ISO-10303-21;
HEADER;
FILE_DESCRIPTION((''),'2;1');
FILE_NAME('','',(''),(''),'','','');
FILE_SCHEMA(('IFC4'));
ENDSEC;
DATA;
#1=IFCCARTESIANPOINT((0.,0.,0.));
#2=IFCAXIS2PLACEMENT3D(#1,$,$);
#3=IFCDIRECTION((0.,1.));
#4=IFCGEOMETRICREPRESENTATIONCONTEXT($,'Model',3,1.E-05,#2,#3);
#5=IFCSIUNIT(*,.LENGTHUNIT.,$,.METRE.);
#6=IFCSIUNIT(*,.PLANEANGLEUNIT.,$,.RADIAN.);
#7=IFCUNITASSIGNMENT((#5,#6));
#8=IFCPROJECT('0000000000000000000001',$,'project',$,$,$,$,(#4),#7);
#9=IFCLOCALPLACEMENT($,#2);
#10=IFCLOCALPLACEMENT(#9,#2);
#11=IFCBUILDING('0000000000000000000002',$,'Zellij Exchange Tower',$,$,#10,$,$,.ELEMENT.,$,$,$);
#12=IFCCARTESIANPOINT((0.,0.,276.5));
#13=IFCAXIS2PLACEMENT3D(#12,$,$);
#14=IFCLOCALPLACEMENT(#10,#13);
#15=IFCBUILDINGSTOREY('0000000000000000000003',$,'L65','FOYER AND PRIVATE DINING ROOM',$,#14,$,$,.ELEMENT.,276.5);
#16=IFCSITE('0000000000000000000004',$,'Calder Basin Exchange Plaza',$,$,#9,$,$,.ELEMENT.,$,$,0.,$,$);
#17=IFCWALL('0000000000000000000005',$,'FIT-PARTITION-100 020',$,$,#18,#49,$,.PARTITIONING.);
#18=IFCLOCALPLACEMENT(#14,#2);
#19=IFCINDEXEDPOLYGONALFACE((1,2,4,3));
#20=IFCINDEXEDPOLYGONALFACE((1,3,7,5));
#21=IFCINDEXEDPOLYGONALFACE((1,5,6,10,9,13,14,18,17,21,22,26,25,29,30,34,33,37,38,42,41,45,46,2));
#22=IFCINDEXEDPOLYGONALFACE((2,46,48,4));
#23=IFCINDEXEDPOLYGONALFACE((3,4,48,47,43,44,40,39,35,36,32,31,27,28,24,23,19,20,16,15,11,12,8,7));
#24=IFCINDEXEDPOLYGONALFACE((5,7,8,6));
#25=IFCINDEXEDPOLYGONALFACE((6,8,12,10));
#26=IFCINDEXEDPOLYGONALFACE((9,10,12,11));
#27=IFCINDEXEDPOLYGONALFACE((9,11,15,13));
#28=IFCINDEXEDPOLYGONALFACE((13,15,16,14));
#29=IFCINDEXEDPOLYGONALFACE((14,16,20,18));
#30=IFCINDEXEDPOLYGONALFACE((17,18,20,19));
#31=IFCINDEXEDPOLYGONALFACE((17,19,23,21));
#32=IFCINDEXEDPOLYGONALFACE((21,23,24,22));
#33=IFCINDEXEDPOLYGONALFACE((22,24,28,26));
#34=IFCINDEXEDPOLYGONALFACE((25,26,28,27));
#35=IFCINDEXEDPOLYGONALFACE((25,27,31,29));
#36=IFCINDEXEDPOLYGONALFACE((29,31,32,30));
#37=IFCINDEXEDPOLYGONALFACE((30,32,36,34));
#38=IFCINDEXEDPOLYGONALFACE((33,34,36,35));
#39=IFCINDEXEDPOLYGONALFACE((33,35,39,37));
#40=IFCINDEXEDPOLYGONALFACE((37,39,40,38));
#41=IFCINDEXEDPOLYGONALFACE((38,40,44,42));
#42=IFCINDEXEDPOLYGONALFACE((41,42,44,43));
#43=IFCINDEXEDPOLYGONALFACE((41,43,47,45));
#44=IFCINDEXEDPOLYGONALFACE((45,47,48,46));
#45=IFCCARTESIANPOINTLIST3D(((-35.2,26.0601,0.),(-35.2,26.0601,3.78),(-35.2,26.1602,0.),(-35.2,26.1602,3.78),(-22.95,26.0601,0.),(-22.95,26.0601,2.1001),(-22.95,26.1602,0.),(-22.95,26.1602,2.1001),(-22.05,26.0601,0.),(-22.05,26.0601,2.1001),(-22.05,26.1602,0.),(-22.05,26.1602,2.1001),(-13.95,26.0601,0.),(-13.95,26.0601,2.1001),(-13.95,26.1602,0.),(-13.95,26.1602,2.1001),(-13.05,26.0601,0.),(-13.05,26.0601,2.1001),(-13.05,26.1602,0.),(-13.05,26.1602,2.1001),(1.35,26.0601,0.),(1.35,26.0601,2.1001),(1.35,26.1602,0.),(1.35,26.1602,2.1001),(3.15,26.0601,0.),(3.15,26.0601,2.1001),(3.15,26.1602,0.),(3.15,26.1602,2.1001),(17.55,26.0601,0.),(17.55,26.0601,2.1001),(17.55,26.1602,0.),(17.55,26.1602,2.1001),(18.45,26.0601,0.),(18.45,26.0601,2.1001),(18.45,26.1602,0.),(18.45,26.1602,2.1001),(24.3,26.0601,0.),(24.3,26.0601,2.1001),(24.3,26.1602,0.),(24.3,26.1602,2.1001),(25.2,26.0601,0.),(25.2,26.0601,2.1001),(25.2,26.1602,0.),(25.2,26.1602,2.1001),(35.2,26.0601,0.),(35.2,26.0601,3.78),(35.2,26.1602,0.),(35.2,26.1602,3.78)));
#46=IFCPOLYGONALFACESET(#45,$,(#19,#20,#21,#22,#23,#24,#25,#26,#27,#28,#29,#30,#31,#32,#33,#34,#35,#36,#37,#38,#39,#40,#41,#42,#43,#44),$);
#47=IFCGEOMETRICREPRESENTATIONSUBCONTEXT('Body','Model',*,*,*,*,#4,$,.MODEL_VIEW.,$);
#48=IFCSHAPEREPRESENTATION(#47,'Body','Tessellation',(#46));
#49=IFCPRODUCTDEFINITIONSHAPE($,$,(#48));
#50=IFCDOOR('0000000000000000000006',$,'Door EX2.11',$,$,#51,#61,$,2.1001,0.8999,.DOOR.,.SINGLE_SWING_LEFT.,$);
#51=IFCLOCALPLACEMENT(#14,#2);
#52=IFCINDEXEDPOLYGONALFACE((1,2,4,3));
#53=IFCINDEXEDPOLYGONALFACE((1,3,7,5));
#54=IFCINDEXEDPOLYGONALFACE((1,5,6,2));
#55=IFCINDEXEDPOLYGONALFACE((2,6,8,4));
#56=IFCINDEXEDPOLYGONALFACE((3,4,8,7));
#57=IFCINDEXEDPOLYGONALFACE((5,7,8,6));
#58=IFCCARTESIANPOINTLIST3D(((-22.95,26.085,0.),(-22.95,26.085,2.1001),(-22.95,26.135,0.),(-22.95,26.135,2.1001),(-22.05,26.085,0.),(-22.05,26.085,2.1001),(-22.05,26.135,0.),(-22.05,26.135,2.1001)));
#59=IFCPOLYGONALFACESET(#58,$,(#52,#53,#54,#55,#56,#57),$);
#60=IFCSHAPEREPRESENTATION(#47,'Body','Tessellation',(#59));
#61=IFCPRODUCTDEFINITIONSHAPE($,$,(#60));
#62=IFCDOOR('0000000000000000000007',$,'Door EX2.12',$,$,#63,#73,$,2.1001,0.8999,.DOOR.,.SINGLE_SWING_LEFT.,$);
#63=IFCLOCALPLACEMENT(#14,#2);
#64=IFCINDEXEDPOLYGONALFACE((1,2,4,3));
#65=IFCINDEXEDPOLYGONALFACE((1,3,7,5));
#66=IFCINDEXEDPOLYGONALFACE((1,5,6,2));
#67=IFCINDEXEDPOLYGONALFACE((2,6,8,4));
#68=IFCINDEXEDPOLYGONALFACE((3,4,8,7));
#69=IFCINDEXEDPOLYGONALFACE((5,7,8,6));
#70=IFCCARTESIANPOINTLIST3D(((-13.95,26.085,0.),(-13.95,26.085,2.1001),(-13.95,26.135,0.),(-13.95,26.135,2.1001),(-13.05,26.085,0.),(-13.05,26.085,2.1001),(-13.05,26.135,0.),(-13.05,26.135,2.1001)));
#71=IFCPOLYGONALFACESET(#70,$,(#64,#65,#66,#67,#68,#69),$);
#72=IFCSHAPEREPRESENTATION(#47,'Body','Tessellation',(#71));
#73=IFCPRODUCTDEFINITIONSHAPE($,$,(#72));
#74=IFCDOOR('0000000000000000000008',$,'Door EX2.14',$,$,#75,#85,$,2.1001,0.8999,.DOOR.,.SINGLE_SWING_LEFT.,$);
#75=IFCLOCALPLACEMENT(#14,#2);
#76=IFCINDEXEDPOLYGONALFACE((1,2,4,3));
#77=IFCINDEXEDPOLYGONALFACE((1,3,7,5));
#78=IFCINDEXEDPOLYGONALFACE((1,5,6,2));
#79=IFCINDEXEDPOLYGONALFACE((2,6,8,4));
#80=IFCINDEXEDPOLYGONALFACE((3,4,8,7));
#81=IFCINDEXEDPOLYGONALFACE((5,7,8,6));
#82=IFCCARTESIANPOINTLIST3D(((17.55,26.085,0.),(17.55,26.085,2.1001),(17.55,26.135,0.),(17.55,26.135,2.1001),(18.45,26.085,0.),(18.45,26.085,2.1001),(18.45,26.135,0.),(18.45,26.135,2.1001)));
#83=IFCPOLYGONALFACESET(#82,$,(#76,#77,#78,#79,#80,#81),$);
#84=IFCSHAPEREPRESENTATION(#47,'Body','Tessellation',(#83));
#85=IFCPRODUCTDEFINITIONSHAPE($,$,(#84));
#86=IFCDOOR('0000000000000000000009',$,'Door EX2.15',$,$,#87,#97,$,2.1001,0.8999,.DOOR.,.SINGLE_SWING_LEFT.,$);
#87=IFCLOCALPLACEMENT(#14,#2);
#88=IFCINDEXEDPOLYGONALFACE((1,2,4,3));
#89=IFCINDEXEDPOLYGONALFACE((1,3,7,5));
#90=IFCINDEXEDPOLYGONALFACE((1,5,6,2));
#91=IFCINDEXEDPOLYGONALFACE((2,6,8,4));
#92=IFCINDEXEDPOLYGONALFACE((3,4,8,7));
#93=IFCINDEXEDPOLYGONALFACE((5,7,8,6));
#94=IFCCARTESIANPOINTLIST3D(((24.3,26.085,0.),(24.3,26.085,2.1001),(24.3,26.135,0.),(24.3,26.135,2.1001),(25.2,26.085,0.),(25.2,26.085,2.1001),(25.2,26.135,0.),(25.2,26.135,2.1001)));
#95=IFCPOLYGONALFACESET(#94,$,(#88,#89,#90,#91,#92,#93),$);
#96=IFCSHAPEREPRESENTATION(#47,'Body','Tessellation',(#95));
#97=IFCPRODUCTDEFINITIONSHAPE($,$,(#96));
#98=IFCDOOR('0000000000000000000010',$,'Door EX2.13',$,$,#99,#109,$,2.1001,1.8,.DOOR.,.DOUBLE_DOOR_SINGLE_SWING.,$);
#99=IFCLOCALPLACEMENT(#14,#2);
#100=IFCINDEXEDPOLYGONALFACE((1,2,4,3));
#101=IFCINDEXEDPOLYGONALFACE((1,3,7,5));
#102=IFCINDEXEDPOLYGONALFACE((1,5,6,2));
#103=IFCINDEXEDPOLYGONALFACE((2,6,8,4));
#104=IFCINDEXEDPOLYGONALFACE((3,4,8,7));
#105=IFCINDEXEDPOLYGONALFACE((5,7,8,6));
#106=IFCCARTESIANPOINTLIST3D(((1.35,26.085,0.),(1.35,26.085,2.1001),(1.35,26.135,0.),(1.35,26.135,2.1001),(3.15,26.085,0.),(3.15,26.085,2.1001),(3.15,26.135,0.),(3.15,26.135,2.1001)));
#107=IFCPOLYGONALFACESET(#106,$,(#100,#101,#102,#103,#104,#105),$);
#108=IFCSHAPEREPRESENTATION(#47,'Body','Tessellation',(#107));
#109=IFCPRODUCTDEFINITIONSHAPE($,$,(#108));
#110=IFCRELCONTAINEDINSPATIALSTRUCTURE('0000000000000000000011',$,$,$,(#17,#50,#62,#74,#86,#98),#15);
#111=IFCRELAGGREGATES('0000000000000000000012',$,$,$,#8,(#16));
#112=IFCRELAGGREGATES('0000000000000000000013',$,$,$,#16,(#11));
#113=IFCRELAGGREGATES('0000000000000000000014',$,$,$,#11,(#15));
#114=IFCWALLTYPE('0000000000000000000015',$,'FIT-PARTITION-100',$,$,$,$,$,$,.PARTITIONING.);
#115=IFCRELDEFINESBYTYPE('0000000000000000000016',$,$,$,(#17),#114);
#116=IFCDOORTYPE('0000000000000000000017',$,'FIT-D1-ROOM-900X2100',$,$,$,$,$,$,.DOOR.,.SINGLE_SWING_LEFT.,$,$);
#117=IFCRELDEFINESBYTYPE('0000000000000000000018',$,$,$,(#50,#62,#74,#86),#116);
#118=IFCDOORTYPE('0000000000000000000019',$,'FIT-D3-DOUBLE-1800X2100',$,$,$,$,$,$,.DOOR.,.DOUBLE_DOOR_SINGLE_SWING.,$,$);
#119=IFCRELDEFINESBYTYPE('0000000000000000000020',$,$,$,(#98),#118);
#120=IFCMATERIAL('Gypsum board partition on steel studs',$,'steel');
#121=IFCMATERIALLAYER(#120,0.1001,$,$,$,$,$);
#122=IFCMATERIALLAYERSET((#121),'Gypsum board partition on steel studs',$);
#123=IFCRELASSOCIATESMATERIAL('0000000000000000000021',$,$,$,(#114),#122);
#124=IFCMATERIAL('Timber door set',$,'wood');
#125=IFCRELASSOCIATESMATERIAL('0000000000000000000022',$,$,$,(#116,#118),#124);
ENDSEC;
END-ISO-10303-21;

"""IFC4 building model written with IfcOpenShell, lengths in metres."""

from ifc_helpers import new_model, si_unit, direction, frame, frame_2d, origin, place, context, subcontext, project, spatial, rectangle, extrude, material, layer, layer_set, type_object, element, fill, save


model = new_model("IFC4")

# Units and contexts
model_context = context("Model", 3, precision=1e-05, world=origin(), true_north=direction((0.0, 1.0)))
body_context = subcontext(model_context, "Body", "Model", "MODEL_VIEW")
ifc_project = project(units=[si_unit("LENGTHUNIT", "METRE"), si_unit("PLANEANGLEUNIT", "RADIAN")], contexts=[model_context])

# Site, building, storey
site_placement = place(None, origin())
site = spatial("IfcSite", under=ifc_project, at=site_placement, Name="Calder Basin Exchange Plaza", CompositionType="ELEMENT", RefElevation=0.0)
building_placement = place(site_placement, origin())
building = spatial("IfcBuilding", under=site, at=building_placement, Name="Zellij Exchange Tower", CompositionType="ELEMENT")
storey_placement = place(building_placement, frame((0.0, 0.0, 276.5)))
storey = spatial("IfcBuildingStorey", under=building, at=storey_placement, Name="L65", Description="FOYER AND PRIVATE DINING ROOM", CompositionType="ELEMENT", Elevation=276.5)

# Wall, openings, doors
ifc_material_1 = material(Name="Gypsum board partition on steel studs", Category="steel")
ifc_layer = layer(ifc_material_1, 0.1001)
ifc_layer_set = layer_set([ifc_layer], Name="Gypsum board partition on steel studs")
wall_type = type_object("IfcWallType", Name="FIT-PARTITION-100", PredefinedType="PARTITIONING", material=ifc_layer_set)
wall_placement = place(storey_placement, frame((-35.2, 26.1101, 0.0), z_axis=(0.0, 0.0, 1.0), x_axis=(1.0, 0.0, 0.0)))
wall = element("IfcWall", 1, at=wall_placement, inside=storey, type_object=wall_type, Name="FIT-PARTITION-100 020", PredefinedType="PARTITIONING", context=body_context, shape_type="SweptSolid", body=[
    extrude(rectangle(XDim=70.3999, YDim=0.1001, at=frame_2d((35.2, 0.0))), origin(), (0.0, 0.0, 1.0), 3.78),
])
opening_1_placement = place(wall_placement, frame((12.25, 0.0, 0.0)))
opening_1 = element("IfcOpeningElement", 2, at=opening_1_placement, cuts=wall, PredefinedType="OPENING", context=body_context, shape_type="SweptSolid", body=[
    extrude(rectangle(XDim=0.8999, YDim=2.1001, at=frame_2d((0.45, 1.05))), frame((0.0, 0.062, 0.0), z_axis=(0.0, -1.0, 0.0), x_axis=(1.0, 0.0, 0.0)), (0.0, 0.0, 1.0), 0.124),
])
opening_2_placement = place(wall_placement, frame((21.25, 0.0, 0.0)))
opening_2 = element("IfcOpeningElement", 3, at=opening_2_placement, cuts=wall, PredefinedType="OPENING", context=body_context, shape_type="SweptSolid", body=[
    extrude(rectangle(XDim=0.8999, YDim=2.1001, at=frame_2d((0.45, 1.05))), frame((0.0, 0.062, 0.0), z_axis=(0.0, -1.0, 0.0), x_axis=(1.0, 0.0, 0.0)), (0.0, 0.0, 1.0), 0.124),
])
opening_3_placement = place(wall_placement, frame((36.55, 0.0, 0.0)))
opening_3 = element("IfcOpeningElement", 4, at=opening_3_placement, cuts=wall, PredefinedType="OPENING", context=body_context, shape_type="SweptSolid", body=[
    extrude(rectangle(XDim=1.8, YDim=2.1001, at=frame_2d((0.8999, 1.05))), frame((0.0, 0.062, 0.0), z_axis=(0.0, -1.0, 0.0), x_axis=(1.0, 0.0, 0.0)), (0.0, 0.0, 1.0), 0.124),
])
opening_4_placement = place(wall_placement, frame((52.75, 0.0, 0.0)))
opening_4 = element("IfcOpeningElement", 5, at=opening_4_placement, cuts=wall, PredefinedType="OPENING", context=body_context, shape_type="SweptSolid", body=[
    extrude(rectangle(XDim=0.8999, YDim=2.1001, at=frame_2d((0.45, 1.05))), frame((0.0, 0.062, 0.0), z_axis=(0.0, -1.0, 0.0), x_axis=(1.0, 0.0, 0.0)), (0.0, 0.0, 1.0), 0.124),
])
opening_5_placement = place(wall_placement, frame((59.5, 0.0, 0.0)))
opening_5 = element("IfcOpeningElement", 6, at=opening_5_placement, cuts=wall, PredefinedType="OPENING", context=body_context, shape_type="SweptSolid", body=[
    extrude(rectangle(XDim=0.8999, YDim=2.1001, at=frame_2d((0.45, 1.05))), frame((0.0, 0.062, 0.0), z_axis=(0.0, -1.0, 0.0), x_axis=(1.0, 0.0, 0.0)), (0.0, 0.0, 1.0), 0.124),
])
ifc_material_2 = material(Name="Timber door set", Category="wood")
door_type_1 = type_object("IfcDoorType", Name="FIT-D1-ROOM-900X2100", OperationType="SINGLE_SWING_LEFT", PredefinedType="DOOR", material=ifc_material_2)
door_1_placement = place(opening_1_placement, origin())
door_1 = element("IfcDoor", 7, at=door_1_placement, inside=storey, type_object=door_type_1, Name="Door EX2.11", OperationType="SINGLE_SWING_LEFT", OverallHeight=2.1001, OverallWidth=0.8999, PredefinedType="DOOR", context=body_context, shape_type="SweptSolid", body=[
    extrude(rectangle(XDim=0.8999, YDim=2.1001, at=frame_2d((0.45, 1.05))), frame((0.0, 0.0249, 0.0), z_axis=(0.0, -1.0, 0.0), x_axis=(1.0, 0.0, 0.0)), (0.0, 0.0, 1.0), 0.05),
])
fill(opening_1, door_1)
door_2_placement = place(opening_2_placement, origin())
door_2 = element("IfcDoor", 8, at=door_2_placement, inside=storey, type_object=door_type_1, Name="Door EX2.12", OperationType="SINGLE_SWING_LEFT", OverallHeight=2.1001, OverallWidth=0.8999, PredefinedType="DOOR", context=body_context, shape_type="SweptSolid", body=[
    extrude(rectangle(XDim=0.8999, YDim=2.1001, at=frame_2d((0.45, 1.05))), frame((0.0, 0.0249, 0.0), z_axis=(0.0, -1.0, 0.0), x_axis=(1.0, 0.0, 0.0)), (0.0, 0.0, 1.0), 0.05),
])
fill(opening_2, door_2)
door_3_placement = place(opening_4_placement, origin())
door_3 = element("IfcDoor", 9, at=door_3_placement, inside=storey, type_object=door_type_1, Name="Door EX2.14", OperationType="SINGLE_SWING_LEFT", OverallHeight=2.1001, OverallWidth=0.8999, PredefinedType="DOOR", context=body_context, shape_type="SweptSolid", body=[
    extrude(rectangle(XDim=0.8999, YDim=2.1001, at=frame_2d((0.45, 1.05))), frame((0.0, 0.0249, 0.0), z_axis=(0.0, -1.0, 0.0), x_axis=(1.0, 0.0, 0.0)), (0.0, 0.0, 1.0), 0.05),
])
fill(opening_4, door_3)
door_4_placement = place(opening_5_placement, origin())
door_4 = element("IfcDoor", 10, at=door_4_placement, inside=storey, type_object=door_type_1, Name="Door EX2.15", OperationType="SINGLE_SWING_LEFT", OverallHeight=2.1001, OverallWidth=0.8999, PredefinedType="DOOR", context=body_context, shape_type="SweptSolid", body=[
    extrude(rectangle(XDim=0.8999, YDim=2.1001, at=frame_2d((0.45, 1.05))), frame((0.0, 0.0249, 0.0), z_axis=(0.0, -1.0, 0.0), x_axis=(1.0, 0.0, 0.0)), (0.0, 0.0, 1.0), 0.05),
])
fill(opening_5, door_4)
door_type_2 = type_object("IfcDoorType", Name="FIT-D3-DOUBLE-1800X2100", OperationType="DOUBLE_DOOR_SINGLE_SWING", PredefinedType="DOOR", material=ifc_material_2)
door_5_placement = place(opening_3_placement, origin())
door_5 = element("IfcDoor", 11, at=door_5_placement, inside=storey, type_object=door_type_2, Name="Door EX2.13", OperationType="DOUBLE_DOOR_SINGLE_SWING", OverallHeight=2.1001, OverallWidth=1.8, PredefinedType="DOOR", context=body_context, shape_type="SweptSolid", body=[
    extrude(rectangle(XDim=1.8, YDim=2.1001, at=frame_2d((0.8999, 1.05))), frame((0.0, 0.0249, 0.0), z_axis=(0.0, -1.0, 0.0), x_axis=(1.0, 0.0, 0.0)), (0.0, 0.0, 1.0), 0.05),
])
fill(opening_3, door_5)

save(model, "model.ifc")
